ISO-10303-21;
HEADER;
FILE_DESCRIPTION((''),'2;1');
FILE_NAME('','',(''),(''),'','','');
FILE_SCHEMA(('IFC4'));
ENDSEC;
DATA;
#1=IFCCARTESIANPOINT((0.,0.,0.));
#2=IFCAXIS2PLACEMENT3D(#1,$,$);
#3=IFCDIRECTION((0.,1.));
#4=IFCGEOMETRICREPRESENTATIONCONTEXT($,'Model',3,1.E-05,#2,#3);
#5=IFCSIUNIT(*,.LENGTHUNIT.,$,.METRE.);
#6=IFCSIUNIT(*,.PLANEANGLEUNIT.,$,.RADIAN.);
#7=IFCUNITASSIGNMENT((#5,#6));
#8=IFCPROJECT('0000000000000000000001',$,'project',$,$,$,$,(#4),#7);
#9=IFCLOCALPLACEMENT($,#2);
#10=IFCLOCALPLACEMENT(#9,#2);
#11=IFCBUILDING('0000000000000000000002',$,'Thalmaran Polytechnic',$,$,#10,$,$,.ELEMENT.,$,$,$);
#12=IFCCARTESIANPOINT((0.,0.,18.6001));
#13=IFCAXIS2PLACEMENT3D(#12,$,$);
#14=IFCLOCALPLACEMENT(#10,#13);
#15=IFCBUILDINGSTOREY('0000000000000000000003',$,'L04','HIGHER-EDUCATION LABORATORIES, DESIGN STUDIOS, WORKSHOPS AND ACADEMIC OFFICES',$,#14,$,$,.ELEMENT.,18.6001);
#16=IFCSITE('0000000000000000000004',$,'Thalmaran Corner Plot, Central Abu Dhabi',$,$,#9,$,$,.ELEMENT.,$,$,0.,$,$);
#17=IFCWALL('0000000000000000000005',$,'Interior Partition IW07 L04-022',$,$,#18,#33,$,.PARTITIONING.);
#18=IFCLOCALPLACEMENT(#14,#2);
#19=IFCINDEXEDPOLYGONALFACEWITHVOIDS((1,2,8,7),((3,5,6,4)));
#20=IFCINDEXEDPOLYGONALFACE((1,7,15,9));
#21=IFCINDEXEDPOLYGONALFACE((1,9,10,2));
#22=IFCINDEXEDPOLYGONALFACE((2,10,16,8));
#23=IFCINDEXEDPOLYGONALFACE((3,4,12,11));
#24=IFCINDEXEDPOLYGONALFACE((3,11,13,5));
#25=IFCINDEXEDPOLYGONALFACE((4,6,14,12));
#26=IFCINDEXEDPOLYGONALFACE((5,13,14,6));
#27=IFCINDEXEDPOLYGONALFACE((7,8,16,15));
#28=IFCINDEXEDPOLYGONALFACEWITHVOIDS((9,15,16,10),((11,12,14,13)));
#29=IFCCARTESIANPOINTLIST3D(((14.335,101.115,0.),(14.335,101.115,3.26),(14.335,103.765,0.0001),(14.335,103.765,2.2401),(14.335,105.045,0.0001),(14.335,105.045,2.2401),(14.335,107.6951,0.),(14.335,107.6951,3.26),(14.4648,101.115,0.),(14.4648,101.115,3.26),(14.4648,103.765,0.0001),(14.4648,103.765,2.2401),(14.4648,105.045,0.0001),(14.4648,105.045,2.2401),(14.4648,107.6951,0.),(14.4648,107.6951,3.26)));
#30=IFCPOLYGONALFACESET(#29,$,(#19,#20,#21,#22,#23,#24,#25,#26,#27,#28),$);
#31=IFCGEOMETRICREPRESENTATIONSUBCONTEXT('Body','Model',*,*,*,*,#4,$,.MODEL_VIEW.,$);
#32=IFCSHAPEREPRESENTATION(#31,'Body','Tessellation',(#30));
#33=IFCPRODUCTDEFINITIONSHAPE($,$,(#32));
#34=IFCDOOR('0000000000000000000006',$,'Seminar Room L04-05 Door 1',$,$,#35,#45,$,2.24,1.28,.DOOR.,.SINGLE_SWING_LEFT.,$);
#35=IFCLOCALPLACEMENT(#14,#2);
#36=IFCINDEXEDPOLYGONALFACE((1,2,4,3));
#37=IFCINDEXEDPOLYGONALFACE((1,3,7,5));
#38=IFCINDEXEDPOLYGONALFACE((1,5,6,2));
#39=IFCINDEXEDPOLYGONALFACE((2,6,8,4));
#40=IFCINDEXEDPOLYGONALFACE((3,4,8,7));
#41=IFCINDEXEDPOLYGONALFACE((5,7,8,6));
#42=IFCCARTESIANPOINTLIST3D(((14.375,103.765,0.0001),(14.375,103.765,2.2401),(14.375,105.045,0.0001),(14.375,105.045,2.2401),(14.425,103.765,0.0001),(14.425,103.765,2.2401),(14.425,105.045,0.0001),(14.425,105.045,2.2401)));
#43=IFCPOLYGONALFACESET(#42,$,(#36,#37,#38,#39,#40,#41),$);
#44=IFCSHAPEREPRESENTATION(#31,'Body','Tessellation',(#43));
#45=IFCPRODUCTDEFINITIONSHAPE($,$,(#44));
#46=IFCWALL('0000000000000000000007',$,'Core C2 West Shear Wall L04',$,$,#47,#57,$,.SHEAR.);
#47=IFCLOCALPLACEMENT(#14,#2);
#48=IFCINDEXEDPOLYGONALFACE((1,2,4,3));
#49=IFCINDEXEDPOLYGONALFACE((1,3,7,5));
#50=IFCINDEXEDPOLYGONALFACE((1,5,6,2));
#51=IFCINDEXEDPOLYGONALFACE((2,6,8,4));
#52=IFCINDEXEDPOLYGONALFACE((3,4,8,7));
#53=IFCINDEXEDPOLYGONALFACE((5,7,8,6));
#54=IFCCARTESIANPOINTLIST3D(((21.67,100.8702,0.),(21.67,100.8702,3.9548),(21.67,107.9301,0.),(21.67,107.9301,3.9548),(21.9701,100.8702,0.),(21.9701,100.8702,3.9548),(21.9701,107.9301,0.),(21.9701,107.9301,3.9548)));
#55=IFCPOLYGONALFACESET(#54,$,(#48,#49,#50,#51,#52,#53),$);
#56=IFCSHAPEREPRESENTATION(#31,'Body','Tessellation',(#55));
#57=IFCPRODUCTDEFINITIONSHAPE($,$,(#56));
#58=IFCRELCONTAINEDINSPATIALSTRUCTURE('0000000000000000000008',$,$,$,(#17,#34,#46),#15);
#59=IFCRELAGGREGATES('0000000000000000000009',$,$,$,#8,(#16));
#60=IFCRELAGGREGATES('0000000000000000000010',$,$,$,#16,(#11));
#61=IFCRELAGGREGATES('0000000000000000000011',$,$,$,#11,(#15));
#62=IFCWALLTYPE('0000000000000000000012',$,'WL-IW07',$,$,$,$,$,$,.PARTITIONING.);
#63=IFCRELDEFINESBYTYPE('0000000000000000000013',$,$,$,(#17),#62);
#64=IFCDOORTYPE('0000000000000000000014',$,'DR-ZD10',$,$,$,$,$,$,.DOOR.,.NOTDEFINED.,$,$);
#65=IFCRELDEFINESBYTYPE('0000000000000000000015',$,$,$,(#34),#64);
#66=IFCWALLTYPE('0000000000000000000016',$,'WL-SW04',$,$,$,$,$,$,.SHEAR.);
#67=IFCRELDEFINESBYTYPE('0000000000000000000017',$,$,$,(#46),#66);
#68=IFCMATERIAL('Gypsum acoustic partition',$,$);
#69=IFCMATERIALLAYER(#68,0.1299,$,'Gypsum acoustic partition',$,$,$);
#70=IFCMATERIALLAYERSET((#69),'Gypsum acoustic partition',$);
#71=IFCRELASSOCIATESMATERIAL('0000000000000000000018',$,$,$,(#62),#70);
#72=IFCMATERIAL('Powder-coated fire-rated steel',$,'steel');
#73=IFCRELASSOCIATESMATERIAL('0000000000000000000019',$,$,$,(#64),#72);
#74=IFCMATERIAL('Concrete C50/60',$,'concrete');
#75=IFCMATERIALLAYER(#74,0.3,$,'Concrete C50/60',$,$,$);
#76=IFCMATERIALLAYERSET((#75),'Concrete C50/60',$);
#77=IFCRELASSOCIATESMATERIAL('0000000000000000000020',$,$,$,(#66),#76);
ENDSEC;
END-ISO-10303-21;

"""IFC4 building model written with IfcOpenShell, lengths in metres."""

from ifc_helpers import new_model, si_unit, direction, frame, frame_2d, origin, place, context, subcontext, project, spatial, rectangle, extrude, material, layer, layer_set, type_object, element, fill, save


model = new_model("IFC4")

# Units and contexts
model_context = context("Model", 3, precision=1e-05, world=origin(), true_north=direction((0.0, 1.0)))
body_context = subcontext(model_context, "Body", "Model", "MODEL_VIEW")
ifc_project = project(units=[si_unit("LENGTHUNIT", "METRE"), si_unit("PLANEANGLEUNIT", "RADIAN")], contexts=[model_context])

# Site, building, storey
site_placement = place(None, origin())
site = spatial("IfcSite", under=ifc_project, at=site_placement, Name="Thalmaran Corner Plot, Central Abu Dhabi", CompositionType="ELEMENT", RefElevation=0.0)
building_placement = place(site_placement, origin())
building = spatial("IfcBuilding", under=site, at=building_placement, Name="Thalmaran Polytechnic", CompositionType="ELEMENT")
storey_placement = place(building_placement, frame((0.0, 0.0, 18.6001)))
storey = spatial("IfcBuildingStorey", under=building, at=storey_placement, Name="L04", Description="HIGHER-EDUCATION LABORATORIES, DESIGN STUDIOS, WORKSHOPS AND ACADEMIC OFFICES", CompositionType="ELEMENT", Elevation=18.6001)

# Shared definitions
ifc_material_1 = material(Name="Gypsum acoustic partition")
ifc_material_2 = material(Name="Powder-coated fire-rated steel", Category="steel")

# Wall, opening, door
ifc_layer_1 = layer(ifc_material_1, 0.1299, Name="Gypsum acoustic partition")
ifc_layer_set_1 = layer_set([ifc_layer_1], Name="Gypsum acoustic partition")
wall_type_1 = type_object("IfcWallType", Name="WL-IW07", PredefinedType="PARTITIONING", material=ifc_layer_set_1)
wall_1_placement = place(storey_placement, frame((14.3999, 101.115, 0.0), z_axis=(0.0, 0.0, 1.0), x_axis=(0.0, 1.0, 0.0)))
wall_1 = element("IfcWall", 1, at=wall_1_placement, inside=storey, type_object=wall_type_1, Name="Interior Partition IW07 L04-022", PredefinedType="PARTITIONING", context=body_context, shape_type="SweptSolid", body=[
    extrude(rectangle(XDim=6.5801, YDim=0.1299, at=frame_2d((3.29, 0.0))), origin(), (0.0, 0.0, 1.0), 3.26),
])
opening_1_placement = place(wall_1_placement, frame((2.6499, 0.0, 0.0)))
opening_1 = element("IfcOpeningElement", 2, at=opening_1_placement, cuts=wall_1, PredefinedType="OPENING", context=body_context, shape_type="SweptSolid", body=[
    extrude(rectangle(XDim=1.28, YDim=2.24, at=frame_2d((0.6401, 1.1201))), frame((0.0, 0.075, 0.0), z_axis=(0.0, -1.0, 0.0), x_axis=(1.0, 0.0, 0.0)), (0.0, 0.0, 1.0), 0.1499),
])
door_type_1 = type_object("IfcDoorType", Name="DR-ZD10", OperationType="NOTDEFINED", PredefinedType="DOOR", material=ifc_material_2)
door_1_placement = place(opening_1_placement, origin())
door_1 = element("IfcDoor", 3, at=door_1_placement, inside=storey, type_object=door_type_1, Name="Seminar Room L04-05 Door 1", OperationType="SINGLE_SWING_LEFT", OverallHeight=2.24, OverallWidth=1.28, PredefinedType="DOOR", context=body_context, shape_type="SweptSolid", body=[
    extrude(rectangle(XDim=1.28, YDim=2.24, at=frame_2d((0.6401, 1.1201))), frame((0.0, 0.0249, 0.0), z_axis=(0.0, -1.0, 0.0), x_axis=(1.0, 0.0, 0.0)), (0.0, 0.0, 1.0), 0.05),
])
fill(opening_1, door_1)

# Wall
ifc_material_3 = material(Name="Concrete C50/60", Category="concrete")
ifc_layer_2 = layer(ifc_material_3, 0.3, Name="Concrete C50/60")
ifc_layer_set_2 = layer_set([ifc_layer_2], Name="Concrete C50/60")
wall_type_2 = type_object("IfcWallType", Name="WL-SW04", PredefinedType="SHEAR", material=ifc_layer_set_2)
wall_2_placement = place(storey_placement, frame((21.8201, 107.9299, 0.0), z_axis=(0.0, 0.0, 1.0), x_axis=(0.0, -1.0, 0.0)))
element("IfcWall", 4, at=wall_2_placement, inside=storey, type_object=wall_type_2, Name="Core C2 West Shear Wall L04", PredefinedType="SHEAR", context=body_context, shape_type="SweptSolid", body=[
    extrude(rectangle(XDim=7.0598, YDim=0.3, at=frame_2d((3.5298, 0.0))), origin(), (0.0, 0.0, 1.0), 3.9548),
])

save(model, "model.ifc")
